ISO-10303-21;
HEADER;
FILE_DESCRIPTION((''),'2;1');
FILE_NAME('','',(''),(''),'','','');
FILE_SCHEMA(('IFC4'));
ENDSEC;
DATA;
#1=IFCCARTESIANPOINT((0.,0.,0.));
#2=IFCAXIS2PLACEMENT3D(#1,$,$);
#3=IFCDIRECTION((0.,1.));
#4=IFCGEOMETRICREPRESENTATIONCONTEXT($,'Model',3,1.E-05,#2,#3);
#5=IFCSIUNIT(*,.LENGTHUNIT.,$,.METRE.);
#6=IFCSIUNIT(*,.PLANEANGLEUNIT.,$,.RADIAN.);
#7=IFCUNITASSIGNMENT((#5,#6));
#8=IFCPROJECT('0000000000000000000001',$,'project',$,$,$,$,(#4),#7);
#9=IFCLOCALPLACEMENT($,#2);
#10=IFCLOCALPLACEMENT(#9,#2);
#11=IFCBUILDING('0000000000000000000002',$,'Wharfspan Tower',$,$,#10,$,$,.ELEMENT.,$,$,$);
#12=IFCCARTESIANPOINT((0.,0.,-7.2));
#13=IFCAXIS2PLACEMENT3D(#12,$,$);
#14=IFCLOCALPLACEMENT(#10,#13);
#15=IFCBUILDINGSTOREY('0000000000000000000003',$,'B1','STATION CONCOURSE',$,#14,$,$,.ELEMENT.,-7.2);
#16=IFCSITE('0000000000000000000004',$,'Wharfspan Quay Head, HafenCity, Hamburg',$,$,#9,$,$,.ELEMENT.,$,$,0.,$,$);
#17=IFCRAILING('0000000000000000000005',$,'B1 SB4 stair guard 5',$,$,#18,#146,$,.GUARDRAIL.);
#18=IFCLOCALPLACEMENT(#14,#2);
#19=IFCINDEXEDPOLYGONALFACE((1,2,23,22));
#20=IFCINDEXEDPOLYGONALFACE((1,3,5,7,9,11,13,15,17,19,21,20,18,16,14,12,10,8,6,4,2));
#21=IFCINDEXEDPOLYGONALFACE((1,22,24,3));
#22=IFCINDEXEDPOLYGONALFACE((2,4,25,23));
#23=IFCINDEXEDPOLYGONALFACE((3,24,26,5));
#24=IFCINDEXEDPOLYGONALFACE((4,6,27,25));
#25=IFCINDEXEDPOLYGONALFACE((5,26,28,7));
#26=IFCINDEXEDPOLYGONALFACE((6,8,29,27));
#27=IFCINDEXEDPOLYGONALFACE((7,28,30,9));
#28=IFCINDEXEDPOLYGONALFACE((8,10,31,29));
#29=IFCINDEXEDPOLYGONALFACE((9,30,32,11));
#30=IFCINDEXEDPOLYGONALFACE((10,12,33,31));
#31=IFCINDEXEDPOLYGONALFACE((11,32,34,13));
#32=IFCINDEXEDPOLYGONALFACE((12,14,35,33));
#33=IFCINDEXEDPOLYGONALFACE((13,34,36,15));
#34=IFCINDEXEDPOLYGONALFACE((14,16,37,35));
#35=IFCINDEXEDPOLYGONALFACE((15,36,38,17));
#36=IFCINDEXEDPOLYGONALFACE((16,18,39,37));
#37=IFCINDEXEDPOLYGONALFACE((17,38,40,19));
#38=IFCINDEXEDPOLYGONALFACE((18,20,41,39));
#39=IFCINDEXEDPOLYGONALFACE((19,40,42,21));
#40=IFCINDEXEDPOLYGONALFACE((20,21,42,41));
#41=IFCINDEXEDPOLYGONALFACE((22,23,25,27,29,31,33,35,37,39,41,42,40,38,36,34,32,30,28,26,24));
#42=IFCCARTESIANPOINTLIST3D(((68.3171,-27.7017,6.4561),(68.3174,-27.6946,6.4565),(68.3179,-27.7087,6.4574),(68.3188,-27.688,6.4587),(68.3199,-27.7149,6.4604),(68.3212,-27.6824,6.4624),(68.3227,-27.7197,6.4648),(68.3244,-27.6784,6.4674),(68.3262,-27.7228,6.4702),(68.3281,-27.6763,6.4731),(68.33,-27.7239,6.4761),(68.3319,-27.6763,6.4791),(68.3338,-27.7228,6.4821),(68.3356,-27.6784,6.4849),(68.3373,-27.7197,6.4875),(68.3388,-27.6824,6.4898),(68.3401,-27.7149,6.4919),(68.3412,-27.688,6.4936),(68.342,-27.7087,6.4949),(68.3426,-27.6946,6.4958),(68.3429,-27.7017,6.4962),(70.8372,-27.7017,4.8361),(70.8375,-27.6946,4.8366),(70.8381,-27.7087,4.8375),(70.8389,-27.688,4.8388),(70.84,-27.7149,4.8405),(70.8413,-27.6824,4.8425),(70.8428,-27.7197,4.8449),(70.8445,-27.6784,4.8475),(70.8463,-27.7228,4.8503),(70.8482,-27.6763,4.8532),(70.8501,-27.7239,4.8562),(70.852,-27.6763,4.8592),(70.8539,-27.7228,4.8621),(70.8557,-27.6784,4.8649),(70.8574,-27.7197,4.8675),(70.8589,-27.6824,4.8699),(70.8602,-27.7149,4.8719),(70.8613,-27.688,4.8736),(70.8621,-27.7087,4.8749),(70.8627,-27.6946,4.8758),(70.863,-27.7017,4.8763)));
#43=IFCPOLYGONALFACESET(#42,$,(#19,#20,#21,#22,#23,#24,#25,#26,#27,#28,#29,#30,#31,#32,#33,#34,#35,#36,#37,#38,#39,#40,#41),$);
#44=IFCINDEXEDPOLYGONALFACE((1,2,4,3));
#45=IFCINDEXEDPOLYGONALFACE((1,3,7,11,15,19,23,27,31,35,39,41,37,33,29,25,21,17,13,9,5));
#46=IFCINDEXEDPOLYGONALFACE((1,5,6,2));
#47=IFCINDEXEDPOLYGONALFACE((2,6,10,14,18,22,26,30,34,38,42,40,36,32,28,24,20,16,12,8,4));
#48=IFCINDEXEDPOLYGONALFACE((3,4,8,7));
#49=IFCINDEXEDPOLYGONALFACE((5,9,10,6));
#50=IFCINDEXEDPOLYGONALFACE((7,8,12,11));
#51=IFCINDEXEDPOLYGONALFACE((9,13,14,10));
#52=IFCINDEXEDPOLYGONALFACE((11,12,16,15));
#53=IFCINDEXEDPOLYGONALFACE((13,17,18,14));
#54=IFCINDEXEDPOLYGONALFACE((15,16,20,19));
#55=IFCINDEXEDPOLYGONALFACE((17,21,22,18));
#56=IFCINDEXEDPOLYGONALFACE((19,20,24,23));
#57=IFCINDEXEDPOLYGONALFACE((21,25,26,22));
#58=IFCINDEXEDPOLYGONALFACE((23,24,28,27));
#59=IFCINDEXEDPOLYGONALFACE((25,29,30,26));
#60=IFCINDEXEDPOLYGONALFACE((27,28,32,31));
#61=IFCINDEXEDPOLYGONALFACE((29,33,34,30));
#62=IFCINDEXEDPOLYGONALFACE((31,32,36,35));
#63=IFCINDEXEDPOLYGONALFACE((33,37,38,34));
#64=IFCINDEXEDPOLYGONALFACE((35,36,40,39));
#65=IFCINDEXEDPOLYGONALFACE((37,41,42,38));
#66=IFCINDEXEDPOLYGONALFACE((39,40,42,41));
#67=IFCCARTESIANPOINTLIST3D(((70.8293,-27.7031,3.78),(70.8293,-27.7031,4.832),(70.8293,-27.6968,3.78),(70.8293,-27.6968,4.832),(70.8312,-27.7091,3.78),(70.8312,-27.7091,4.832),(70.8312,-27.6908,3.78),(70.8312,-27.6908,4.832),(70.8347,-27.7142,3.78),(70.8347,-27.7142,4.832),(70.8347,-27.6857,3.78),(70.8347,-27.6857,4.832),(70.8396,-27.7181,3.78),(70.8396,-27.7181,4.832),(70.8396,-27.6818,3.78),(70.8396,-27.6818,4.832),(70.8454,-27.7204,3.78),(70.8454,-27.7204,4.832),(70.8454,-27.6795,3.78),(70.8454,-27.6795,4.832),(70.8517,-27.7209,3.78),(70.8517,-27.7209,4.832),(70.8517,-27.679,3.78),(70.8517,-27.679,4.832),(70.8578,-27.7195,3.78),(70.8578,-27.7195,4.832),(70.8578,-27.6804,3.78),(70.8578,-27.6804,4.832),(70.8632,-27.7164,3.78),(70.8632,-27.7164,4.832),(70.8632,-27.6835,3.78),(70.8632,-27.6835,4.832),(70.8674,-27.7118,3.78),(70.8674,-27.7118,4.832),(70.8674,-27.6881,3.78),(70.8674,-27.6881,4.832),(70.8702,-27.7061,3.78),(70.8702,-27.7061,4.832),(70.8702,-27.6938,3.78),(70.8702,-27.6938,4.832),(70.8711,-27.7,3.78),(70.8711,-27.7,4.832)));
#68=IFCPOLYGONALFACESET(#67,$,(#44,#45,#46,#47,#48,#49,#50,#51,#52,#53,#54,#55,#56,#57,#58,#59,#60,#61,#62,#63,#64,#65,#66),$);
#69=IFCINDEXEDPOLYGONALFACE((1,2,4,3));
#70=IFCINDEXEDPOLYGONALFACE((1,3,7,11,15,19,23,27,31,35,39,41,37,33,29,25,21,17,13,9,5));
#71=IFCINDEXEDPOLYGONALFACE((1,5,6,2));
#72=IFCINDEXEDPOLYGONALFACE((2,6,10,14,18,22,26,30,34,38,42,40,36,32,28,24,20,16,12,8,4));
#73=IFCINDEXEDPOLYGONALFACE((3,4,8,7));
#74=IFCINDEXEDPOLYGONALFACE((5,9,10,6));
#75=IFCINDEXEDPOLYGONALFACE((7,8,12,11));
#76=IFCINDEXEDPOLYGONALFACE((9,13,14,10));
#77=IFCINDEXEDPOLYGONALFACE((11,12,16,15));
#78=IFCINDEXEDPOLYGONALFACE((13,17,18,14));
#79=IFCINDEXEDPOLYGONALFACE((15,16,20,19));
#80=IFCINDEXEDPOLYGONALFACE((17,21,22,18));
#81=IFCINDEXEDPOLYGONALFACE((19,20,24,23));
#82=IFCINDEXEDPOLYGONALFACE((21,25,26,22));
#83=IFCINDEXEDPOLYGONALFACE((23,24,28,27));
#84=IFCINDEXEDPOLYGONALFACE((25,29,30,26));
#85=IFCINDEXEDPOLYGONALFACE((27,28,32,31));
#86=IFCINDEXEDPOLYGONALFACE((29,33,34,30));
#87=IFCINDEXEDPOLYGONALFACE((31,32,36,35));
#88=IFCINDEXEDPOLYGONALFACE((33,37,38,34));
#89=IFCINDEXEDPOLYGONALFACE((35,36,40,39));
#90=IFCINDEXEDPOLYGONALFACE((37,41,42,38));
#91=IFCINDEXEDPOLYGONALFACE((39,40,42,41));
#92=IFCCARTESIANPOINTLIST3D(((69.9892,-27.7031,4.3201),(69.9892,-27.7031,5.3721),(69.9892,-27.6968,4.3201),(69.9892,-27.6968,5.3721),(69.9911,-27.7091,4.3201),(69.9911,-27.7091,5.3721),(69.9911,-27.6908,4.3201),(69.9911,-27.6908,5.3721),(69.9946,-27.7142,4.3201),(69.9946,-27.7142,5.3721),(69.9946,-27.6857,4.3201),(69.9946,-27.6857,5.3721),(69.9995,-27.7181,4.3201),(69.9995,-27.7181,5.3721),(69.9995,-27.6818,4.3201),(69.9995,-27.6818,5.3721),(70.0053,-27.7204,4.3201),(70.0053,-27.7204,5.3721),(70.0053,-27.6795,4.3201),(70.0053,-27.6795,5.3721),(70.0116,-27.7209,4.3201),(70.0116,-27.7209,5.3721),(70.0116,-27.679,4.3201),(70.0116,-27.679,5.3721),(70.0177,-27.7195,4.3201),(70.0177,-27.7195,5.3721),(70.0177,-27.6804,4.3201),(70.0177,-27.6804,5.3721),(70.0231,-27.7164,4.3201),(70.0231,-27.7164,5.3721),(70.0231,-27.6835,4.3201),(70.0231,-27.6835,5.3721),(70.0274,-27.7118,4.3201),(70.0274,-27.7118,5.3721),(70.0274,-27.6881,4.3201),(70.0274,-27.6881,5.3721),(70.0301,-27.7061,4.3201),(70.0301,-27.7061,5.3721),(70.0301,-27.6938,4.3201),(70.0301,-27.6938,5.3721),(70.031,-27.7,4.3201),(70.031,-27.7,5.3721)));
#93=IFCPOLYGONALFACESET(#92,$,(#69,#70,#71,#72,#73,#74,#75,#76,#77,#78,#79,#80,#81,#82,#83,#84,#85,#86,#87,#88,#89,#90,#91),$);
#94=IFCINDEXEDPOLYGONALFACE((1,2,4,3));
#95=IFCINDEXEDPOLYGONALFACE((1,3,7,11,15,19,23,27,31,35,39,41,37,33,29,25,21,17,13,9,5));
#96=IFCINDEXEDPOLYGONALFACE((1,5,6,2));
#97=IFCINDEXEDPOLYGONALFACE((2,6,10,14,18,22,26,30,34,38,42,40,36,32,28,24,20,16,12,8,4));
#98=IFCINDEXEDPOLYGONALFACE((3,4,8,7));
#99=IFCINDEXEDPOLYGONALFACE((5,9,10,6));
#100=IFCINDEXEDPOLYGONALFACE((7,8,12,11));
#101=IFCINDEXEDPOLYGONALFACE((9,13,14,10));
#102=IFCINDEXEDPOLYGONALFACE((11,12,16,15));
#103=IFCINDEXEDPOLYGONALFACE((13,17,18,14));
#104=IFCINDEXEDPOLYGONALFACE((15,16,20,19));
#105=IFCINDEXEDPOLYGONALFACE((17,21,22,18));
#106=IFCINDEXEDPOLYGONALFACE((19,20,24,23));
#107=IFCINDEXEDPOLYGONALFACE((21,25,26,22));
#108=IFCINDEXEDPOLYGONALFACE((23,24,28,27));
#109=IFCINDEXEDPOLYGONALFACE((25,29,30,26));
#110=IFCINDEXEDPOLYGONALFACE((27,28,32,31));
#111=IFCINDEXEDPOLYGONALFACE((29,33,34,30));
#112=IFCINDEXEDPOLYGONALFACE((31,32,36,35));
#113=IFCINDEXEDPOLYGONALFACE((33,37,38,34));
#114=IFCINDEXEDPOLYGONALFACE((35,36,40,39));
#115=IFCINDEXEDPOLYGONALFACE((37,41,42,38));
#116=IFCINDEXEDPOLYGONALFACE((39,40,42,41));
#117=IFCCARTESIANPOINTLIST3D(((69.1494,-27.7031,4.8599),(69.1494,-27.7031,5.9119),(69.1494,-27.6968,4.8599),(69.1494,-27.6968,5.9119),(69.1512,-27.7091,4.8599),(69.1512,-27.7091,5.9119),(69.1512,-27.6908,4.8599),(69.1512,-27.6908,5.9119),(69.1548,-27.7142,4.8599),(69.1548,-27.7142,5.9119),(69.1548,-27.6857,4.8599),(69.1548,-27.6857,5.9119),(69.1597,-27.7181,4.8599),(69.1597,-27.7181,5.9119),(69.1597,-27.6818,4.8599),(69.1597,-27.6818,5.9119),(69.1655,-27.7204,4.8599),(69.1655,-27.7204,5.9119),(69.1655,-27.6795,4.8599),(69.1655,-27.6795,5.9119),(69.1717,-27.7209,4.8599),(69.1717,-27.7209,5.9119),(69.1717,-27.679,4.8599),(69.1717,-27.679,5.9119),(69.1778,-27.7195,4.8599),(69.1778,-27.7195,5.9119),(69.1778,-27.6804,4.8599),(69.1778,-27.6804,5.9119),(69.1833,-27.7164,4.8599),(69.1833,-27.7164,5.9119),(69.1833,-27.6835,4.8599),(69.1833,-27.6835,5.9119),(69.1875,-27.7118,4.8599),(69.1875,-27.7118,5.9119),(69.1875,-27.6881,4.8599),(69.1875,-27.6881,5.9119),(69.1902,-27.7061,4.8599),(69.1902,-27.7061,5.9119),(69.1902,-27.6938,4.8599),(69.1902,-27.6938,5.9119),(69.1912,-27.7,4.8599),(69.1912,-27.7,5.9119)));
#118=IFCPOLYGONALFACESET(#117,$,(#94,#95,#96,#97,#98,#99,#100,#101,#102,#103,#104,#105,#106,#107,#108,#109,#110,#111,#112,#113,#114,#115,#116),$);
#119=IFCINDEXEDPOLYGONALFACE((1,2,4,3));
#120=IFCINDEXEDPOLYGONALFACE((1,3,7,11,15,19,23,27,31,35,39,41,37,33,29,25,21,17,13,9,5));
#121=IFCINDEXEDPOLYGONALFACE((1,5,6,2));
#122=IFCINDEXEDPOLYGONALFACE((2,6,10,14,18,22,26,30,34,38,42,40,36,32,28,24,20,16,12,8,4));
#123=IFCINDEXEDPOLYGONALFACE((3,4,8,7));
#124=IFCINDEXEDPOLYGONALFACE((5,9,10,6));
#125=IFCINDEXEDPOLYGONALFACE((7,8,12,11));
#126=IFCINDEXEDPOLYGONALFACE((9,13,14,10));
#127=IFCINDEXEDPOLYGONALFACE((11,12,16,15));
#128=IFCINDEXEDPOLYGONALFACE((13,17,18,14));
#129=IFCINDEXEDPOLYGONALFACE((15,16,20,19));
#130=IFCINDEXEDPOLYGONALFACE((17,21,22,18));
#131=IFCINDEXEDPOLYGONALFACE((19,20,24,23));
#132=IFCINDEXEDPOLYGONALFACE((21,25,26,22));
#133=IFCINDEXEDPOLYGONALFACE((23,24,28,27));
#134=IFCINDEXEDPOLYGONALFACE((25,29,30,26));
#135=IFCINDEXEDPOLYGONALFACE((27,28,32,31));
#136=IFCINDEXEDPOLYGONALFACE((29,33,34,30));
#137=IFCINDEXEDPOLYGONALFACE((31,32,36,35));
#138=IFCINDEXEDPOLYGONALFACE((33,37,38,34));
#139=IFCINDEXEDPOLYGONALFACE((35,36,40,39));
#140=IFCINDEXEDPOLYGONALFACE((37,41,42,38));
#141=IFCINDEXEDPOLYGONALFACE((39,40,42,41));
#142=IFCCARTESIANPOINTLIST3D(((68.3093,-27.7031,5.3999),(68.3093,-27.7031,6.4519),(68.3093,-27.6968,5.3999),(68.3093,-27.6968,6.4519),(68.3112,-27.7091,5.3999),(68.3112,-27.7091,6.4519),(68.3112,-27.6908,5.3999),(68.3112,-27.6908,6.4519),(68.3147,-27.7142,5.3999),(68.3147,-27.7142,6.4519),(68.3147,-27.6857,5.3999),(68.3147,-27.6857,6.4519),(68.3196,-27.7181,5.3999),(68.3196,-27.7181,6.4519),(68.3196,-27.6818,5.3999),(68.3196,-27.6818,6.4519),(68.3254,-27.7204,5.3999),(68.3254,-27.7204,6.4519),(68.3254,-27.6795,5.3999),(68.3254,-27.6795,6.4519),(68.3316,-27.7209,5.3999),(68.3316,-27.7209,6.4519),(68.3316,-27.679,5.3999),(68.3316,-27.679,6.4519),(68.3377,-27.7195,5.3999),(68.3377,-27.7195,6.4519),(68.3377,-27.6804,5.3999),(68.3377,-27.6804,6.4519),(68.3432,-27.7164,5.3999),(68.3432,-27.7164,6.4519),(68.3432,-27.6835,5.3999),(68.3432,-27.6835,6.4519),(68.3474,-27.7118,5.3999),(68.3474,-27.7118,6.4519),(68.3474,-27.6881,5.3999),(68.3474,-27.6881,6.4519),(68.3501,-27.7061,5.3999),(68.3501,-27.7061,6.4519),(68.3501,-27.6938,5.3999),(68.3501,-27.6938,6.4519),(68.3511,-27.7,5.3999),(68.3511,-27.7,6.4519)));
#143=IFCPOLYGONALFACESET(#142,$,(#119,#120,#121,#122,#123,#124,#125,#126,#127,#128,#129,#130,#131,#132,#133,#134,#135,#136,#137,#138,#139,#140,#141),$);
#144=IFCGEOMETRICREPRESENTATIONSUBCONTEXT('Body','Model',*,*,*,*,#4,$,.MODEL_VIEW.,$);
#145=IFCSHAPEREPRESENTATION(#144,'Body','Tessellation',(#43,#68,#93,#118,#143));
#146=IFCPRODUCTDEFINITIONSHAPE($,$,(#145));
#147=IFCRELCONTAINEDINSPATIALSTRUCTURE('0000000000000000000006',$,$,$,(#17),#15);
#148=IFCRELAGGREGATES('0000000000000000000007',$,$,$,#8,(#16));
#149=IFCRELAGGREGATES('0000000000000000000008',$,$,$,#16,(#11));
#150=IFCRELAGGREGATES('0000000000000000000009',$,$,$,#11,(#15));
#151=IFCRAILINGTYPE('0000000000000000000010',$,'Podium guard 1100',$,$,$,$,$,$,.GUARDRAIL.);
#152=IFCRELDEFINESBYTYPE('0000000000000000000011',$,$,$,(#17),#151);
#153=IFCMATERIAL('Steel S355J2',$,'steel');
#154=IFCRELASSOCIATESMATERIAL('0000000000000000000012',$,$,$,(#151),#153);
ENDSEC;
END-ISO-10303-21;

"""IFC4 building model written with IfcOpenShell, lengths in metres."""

from ifc_helpers import new_model, si_unit, direction, frame, origin, origin_2d, place, context, subcontext, project, spatial, circle, extrude, material, type_object, element, save


model = new_model("IFC4")

# Units and contexts
model_context = context("Model", 3, precision=1e-05, world=origin(), true_north=direction((0.0, 1.0)))
body_context = subcontext(model_context, "Body", "Model", "MODEL_VIEW")
ifc_project = project(units=[si_unit("LENGTHUNIT", "METRE"), si_unit("PLANEANGLEUNIT", "RADIAN")], contexts=[model_context])

# Site, building, storey
site_placement = place(None, origin())
site = spatial("IfcSite", under=ifc_project, at=site_placement, Name="Wharfspan Quay Head, HafenCity, Hamburg", CompositionType="ELEMENT", RefElevation=0.0)
building_placement = place(site_placement, origin())
building = spatial("IfcBuilding", under=site, at=building_placement, Name="Wharfspan Tower", CompositionType="ELEMENT")
storey_placement = place(building_placement, frame((0.0, 0.0, -7.2)))
storey = spatial("IfcBuildingStorey", under=building, at=storey_placement, Name="B1", Description="STATION CONCOURSE", CompositionType="ELEMENT", Elevation=-7.2)

# Railing
ifc_material_1 = material(Name="Steel S355J2", Category="steel")
railing_type_1 = type_object("IfcRailingType", Name="Podium guard 1100", PredefinedType="GUARDRAIL", material=ifc_material_1)
railing_1_placement = place(storey_placement, frame((70.8501, -27.7, 3.78)))
element("IfcRailing", 1, at=railing_1_placement, inside=storey, type_object=railing_type_1, Name="B1 SB4 stair guard 5", PredefinedType="GUARDRAIL", context=body_context, shape_type="SweptSolid", body=[
    extrude(circle(Radius=0.0239, at=origin_2d()), frame((0.0, 0.0, 1.0762), z_axis=(-0.8412, 0.0, 0.540725), x_axis=(0.0, -1.0, 0.0)), (0.0, 0.0, 1.0), 2.9958),
    extrude(circle(Radius=0.021, at=origin_2d()), origin(), (0.0, 0.0, 1.0), 1.052),
    extrude(circle(Radius=0.021, at=origin_2d()), frame((-0.8401, 0.0, 0.54)), (0.0, 0.0, 1.0), 1.052),
    extrude(circle(Radius=0.021, at=origin_2d()), frame((-1.6799, 0.0, 1.0798)), (0.0, 0.0, 1.0), 1.052),
    extrude(circle(Radius=0.021, at=origin_2d()), frame((-2.52, 0.0, 1.6199)), (0.0, 0.0, 1.0), 1.052),
])

save(model, "model.ifc")
